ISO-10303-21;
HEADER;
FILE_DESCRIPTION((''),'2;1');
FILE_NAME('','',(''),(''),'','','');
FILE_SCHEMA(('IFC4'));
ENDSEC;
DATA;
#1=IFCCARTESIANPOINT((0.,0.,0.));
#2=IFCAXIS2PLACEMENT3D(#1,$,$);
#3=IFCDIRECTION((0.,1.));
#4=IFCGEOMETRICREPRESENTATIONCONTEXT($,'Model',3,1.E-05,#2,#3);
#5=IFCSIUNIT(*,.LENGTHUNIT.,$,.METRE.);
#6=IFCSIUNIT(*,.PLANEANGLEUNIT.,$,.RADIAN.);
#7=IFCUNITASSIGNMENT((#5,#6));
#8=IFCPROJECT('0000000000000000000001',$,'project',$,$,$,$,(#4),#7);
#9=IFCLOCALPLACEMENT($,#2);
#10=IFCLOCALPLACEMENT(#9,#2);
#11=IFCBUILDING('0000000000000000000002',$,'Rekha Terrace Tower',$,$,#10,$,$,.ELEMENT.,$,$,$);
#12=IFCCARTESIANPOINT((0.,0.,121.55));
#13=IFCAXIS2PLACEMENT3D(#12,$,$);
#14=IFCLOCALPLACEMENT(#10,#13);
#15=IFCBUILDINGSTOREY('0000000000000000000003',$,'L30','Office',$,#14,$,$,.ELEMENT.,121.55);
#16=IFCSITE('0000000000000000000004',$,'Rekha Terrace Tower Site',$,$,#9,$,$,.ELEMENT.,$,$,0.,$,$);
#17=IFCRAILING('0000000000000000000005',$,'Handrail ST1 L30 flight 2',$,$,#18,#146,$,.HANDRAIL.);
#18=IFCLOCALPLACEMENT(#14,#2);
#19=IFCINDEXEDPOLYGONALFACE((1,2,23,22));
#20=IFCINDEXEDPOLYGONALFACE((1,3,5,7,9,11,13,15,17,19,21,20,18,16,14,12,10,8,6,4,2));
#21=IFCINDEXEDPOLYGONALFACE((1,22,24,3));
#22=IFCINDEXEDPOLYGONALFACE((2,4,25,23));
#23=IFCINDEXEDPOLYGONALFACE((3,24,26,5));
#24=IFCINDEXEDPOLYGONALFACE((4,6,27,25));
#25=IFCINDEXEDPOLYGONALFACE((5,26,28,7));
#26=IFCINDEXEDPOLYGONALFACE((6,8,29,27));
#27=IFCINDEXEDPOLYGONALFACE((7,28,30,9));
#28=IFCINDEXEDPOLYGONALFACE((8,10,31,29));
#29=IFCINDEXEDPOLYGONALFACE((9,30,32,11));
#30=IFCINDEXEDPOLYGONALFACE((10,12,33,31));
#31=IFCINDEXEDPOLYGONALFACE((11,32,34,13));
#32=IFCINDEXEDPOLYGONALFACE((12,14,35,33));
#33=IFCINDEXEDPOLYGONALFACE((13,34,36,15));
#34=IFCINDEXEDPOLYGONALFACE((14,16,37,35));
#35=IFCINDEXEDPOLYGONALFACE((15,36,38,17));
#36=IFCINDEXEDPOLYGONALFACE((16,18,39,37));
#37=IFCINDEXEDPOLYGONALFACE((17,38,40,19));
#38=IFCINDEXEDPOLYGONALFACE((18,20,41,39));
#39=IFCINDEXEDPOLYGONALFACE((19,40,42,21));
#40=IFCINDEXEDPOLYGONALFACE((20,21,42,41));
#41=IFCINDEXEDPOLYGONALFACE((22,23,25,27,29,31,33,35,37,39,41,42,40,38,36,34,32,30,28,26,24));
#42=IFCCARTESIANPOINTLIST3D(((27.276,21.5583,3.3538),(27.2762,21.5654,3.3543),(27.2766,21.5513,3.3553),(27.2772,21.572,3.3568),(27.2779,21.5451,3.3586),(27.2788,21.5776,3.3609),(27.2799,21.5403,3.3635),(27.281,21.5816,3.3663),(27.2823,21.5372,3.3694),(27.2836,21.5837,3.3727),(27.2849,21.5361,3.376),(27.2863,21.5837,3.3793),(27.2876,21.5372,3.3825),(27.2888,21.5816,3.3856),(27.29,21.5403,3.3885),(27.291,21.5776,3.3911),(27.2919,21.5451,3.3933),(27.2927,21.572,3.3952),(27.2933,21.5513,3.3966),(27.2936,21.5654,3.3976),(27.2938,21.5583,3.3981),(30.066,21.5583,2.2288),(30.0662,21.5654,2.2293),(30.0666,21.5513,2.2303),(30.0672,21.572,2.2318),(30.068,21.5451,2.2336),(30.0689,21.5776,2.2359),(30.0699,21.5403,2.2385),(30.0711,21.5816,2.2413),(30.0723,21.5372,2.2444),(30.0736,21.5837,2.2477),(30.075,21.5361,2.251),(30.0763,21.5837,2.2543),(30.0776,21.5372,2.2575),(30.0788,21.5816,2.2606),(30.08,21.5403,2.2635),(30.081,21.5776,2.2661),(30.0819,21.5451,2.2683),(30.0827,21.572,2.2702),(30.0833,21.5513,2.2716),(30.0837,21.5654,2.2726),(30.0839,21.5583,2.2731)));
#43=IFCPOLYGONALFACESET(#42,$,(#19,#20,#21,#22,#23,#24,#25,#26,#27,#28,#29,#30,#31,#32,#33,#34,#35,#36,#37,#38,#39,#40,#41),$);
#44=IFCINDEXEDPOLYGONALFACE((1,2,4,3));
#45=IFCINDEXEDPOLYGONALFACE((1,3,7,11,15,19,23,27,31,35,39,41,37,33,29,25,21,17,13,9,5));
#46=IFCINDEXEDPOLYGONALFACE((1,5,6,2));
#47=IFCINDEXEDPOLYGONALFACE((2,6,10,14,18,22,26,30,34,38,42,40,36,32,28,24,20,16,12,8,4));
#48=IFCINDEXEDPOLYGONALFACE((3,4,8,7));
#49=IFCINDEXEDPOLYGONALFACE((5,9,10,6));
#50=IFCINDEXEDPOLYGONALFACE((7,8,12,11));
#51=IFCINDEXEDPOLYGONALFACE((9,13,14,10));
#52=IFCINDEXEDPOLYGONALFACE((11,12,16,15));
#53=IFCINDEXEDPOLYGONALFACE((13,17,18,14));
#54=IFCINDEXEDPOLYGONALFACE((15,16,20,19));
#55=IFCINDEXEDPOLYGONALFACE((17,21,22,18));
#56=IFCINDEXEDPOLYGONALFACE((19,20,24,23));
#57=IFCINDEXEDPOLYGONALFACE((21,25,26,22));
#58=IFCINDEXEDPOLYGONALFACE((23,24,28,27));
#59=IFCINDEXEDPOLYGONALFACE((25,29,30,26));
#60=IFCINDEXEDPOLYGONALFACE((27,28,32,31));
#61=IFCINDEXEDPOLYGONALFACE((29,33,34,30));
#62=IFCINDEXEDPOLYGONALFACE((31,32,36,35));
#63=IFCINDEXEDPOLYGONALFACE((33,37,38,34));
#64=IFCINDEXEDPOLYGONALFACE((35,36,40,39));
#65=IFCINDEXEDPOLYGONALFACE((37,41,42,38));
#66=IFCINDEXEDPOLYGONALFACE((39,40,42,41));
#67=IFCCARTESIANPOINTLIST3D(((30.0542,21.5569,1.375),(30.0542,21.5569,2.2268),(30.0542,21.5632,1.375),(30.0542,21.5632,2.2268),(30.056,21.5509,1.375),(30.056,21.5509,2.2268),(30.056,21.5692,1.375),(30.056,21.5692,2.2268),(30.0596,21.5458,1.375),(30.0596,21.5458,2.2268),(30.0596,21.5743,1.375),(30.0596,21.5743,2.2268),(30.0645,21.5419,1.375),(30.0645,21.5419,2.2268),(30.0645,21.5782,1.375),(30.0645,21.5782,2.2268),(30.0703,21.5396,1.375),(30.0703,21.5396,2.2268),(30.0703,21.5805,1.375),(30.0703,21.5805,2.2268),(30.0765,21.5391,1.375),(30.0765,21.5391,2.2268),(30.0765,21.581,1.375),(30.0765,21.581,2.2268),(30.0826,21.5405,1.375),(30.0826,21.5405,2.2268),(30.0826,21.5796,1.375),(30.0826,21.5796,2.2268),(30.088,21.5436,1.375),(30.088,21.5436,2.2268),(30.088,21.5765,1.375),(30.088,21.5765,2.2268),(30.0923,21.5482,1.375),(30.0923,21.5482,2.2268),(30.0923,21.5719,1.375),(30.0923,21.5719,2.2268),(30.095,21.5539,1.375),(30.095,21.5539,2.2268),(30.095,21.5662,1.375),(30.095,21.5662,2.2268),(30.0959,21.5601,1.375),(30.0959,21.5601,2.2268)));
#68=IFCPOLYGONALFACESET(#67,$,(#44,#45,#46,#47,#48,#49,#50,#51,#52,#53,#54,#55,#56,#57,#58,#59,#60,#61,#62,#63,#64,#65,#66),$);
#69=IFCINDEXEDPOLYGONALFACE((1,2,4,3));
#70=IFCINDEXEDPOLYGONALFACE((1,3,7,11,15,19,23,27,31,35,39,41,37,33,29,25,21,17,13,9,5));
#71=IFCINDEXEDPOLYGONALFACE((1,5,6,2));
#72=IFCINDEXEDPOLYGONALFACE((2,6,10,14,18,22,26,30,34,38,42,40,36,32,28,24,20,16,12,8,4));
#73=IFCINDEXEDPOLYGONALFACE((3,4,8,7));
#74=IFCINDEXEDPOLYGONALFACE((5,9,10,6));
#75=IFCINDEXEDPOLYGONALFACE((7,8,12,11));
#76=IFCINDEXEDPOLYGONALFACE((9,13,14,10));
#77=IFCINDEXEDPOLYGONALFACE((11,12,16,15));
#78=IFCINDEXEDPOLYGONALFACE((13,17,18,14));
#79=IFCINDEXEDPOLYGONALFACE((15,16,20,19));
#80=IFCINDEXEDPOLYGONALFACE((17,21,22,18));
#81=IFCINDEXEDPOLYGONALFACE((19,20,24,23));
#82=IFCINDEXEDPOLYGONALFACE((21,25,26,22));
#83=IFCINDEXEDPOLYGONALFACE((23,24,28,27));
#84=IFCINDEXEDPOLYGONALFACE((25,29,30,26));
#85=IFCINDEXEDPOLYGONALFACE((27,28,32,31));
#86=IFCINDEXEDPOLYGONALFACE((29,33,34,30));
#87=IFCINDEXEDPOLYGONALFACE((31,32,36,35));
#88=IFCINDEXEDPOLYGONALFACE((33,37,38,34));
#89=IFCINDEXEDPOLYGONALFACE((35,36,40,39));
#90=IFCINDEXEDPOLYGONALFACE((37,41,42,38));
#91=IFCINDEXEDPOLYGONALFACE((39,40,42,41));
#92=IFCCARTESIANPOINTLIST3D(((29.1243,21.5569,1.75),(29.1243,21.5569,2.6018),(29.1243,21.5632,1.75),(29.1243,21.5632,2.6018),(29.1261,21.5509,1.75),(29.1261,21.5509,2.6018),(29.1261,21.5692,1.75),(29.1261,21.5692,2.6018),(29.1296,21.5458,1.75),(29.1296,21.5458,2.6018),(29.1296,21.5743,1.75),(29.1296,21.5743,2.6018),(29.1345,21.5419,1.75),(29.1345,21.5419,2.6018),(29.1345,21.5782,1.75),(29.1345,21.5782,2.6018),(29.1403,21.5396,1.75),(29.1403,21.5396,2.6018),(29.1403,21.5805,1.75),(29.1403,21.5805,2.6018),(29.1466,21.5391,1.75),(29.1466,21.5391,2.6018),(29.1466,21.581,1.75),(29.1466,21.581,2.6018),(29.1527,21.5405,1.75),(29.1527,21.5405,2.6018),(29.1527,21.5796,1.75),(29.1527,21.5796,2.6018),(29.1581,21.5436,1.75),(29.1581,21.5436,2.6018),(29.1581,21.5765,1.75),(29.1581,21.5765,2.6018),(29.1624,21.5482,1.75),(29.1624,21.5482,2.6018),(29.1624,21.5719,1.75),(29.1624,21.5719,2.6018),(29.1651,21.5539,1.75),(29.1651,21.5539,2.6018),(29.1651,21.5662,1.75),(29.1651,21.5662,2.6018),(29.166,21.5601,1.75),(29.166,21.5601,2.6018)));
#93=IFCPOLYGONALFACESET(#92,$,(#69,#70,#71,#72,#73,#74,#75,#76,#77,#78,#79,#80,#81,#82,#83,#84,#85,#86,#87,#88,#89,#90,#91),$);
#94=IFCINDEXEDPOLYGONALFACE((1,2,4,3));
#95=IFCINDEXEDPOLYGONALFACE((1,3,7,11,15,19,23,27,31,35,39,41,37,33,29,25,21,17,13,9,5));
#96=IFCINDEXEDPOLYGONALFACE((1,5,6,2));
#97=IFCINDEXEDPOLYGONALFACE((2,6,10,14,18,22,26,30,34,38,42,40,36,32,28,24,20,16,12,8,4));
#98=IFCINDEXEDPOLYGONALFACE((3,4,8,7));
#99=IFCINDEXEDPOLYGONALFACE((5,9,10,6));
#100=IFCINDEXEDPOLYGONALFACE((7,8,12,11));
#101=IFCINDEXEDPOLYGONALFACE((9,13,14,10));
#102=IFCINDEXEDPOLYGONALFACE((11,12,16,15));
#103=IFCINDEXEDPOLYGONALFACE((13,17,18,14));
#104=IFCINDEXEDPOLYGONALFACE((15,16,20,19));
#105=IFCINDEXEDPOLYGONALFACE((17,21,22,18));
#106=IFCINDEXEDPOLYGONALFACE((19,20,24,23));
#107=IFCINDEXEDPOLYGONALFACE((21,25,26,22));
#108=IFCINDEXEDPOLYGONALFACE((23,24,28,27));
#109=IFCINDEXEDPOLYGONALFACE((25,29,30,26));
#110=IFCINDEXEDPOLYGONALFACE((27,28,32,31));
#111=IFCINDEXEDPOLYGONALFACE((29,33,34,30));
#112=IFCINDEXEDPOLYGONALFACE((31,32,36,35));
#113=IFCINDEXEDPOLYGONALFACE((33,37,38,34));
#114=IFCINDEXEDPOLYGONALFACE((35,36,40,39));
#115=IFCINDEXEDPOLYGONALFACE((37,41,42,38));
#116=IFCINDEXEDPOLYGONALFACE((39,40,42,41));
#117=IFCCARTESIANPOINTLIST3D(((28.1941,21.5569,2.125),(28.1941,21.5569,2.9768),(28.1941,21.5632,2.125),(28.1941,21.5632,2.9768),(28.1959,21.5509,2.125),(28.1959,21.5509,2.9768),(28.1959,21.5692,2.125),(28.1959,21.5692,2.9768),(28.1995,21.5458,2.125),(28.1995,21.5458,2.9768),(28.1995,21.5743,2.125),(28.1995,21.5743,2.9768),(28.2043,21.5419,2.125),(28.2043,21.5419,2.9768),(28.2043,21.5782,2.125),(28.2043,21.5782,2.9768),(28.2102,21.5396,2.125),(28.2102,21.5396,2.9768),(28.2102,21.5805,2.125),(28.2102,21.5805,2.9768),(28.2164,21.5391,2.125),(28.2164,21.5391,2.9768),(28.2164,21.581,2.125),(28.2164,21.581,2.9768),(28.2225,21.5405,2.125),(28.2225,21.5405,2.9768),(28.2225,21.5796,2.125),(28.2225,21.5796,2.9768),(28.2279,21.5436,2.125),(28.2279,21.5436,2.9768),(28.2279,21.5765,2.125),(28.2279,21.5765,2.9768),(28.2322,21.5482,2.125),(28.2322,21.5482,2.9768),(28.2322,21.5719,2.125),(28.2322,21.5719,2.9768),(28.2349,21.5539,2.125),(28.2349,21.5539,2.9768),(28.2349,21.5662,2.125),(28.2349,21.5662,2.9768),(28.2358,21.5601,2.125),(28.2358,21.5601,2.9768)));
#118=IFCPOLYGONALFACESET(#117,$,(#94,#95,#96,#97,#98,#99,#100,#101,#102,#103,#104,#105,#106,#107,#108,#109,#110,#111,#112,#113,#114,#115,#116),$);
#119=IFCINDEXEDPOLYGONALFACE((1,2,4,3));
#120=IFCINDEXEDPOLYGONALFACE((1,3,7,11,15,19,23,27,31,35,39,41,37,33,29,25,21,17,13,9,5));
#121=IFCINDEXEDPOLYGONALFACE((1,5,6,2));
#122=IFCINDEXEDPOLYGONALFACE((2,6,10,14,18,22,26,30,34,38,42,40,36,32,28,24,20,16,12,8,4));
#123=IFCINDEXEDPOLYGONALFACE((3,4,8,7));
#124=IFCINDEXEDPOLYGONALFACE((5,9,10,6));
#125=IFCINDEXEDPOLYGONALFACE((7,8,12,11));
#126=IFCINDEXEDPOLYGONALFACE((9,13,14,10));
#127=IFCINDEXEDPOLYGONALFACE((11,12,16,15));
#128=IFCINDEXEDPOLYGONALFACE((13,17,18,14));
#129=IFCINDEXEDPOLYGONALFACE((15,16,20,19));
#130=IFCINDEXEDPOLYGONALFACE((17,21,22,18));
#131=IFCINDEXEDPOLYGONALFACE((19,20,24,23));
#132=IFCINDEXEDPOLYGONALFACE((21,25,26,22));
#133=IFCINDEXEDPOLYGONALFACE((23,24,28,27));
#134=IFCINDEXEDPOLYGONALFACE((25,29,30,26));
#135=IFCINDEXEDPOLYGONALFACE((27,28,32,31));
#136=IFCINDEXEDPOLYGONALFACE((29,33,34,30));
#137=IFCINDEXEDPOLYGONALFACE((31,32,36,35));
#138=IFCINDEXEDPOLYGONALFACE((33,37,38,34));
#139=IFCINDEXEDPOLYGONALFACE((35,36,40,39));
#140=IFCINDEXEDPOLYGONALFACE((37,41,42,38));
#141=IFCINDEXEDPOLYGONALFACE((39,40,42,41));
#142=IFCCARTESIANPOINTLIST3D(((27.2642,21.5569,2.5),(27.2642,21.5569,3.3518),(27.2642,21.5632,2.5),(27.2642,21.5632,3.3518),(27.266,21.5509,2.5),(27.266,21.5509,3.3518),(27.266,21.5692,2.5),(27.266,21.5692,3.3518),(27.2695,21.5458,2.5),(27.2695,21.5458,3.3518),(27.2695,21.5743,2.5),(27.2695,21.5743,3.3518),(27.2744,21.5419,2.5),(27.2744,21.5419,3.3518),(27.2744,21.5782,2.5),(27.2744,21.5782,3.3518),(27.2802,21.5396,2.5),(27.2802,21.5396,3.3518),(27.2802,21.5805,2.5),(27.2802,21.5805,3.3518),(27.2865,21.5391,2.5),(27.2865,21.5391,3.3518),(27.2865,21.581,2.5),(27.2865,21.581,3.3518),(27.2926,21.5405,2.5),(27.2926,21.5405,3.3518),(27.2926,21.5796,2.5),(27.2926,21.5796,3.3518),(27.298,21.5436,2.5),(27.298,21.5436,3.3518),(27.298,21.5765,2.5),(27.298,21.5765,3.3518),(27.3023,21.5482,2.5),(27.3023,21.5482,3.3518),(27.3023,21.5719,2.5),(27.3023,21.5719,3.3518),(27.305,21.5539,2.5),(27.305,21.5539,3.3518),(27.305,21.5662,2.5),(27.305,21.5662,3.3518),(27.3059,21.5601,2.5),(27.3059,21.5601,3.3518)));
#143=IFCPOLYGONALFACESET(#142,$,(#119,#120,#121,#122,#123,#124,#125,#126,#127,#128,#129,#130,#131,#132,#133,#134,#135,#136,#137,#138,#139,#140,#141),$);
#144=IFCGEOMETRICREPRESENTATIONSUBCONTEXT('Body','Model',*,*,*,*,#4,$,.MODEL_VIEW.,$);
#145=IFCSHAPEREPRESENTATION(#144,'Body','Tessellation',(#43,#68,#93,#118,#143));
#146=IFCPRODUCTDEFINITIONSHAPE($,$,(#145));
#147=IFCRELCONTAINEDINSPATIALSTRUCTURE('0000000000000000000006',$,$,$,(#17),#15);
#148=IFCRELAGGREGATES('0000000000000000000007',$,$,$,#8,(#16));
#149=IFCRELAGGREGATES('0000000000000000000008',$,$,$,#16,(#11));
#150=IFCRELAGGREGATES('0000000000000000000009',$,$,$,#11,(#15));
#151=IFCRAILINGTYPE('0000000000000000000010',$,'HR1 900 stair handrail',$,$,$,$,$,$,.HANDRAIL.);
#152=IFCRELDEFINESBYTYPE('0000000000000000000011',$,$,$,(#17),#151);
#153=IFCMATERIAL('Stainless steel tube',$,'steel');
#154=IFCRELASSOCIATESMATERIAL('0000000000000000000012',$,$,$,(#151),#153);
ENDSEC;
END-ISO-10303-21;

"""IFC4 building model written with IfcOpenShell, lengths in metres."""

from ifc_helpers import new_model, si_unit, direction, frame, origin, origin_2d, place, context, subcontext, project, spatial, circle, extrude, material, type_object, element, save


model = new_model("IFC4")

# Units and contexts
model_context = context("Model", 3, precision=1e-05, world=origin(), true_north=direction((0.0, 1.0)))
body_context = subcontext(model_context, "Body", "Model", "MODEL_VIEW")
ifc_project = project(units=[si_unit("LENGTHUNIT", "METRE"), si_unit("PLANEANGLEUNIT", "RADIAN")], contexts=[model_context])

# Site, building, storey
site_placement = place(None, origin())
site = spatial("IfcSite", under=ifc_project, at=site_placement, Name="Rekha Terrace Tower Site", CompositionType="ELEMENT", RefElevation=0.0)
building_placement = place(site_placement, origin())
building = spatial("IfcBuilding", under=site, at=building_placement, Name="Rekha Terrace Tower", CompositionType="ELEMENT")
storey_placement = place(building_placement, frame((0.0, 0.0, 121.55)))
storey = spatial("IfcBuildingStorey", under=building, at=storey_placement, Name="L30", Description="Office", CompositionType="ELEMENT", Elevation=121.55)

# Railing
ifc_material_1 = material(Name="Stainless steel tube", Category="steel")
railing_type_1 = type_object("IfcRailingType", Name="HR1 900 stair handrail", PredefinedType="HANDRAIL", material=ifc_material_1)
railing_1_placement = place(storey_placement, frame((30.075, 21.5601, 1.375)))
element("IfcRailing", 1, at=railing_1_placement, inside=storey, type_object=railing_type_1, Name="Handrail ST1 L30 flight 2", PredefinedType="HANDRAIL", context=body_context, shape_type="SweptSolid", body=[
    extrude(circle(Radius=0.0239, at=origin_2d()), frame((0.0, 0.0, 0.876), z_axis=(-0.927443, 0.0, 0.373964), x_axis=(0.0, -1.0, 0.0)), (0.0, 0.0, 1.0), 3.0083),
    extrude(circle(Radius=0.021, at=origin_2d()), origin(), (0.0, 0.0, 1.0), 0.8518),
    extrude(circle(Radius=0.021, at=origin_2d()), frame((-0.9299, 0.0, 0.375)), (0.0, 0.0, 1.0), 0.8518),
    extrude(circle(Radius=0.021, at=origin_2d()), frame((-1.8601, 0.0, 0.75)), (0.0, 0.0, 1.0), 0.8518),
    extrude(circle(Radius=0.021, at=origin_2d()), frame((-2.79, 0.0, 1.125)), (0.0, 0.0, 1.0), 0.8518),
])

save(model, "model.ifc")
